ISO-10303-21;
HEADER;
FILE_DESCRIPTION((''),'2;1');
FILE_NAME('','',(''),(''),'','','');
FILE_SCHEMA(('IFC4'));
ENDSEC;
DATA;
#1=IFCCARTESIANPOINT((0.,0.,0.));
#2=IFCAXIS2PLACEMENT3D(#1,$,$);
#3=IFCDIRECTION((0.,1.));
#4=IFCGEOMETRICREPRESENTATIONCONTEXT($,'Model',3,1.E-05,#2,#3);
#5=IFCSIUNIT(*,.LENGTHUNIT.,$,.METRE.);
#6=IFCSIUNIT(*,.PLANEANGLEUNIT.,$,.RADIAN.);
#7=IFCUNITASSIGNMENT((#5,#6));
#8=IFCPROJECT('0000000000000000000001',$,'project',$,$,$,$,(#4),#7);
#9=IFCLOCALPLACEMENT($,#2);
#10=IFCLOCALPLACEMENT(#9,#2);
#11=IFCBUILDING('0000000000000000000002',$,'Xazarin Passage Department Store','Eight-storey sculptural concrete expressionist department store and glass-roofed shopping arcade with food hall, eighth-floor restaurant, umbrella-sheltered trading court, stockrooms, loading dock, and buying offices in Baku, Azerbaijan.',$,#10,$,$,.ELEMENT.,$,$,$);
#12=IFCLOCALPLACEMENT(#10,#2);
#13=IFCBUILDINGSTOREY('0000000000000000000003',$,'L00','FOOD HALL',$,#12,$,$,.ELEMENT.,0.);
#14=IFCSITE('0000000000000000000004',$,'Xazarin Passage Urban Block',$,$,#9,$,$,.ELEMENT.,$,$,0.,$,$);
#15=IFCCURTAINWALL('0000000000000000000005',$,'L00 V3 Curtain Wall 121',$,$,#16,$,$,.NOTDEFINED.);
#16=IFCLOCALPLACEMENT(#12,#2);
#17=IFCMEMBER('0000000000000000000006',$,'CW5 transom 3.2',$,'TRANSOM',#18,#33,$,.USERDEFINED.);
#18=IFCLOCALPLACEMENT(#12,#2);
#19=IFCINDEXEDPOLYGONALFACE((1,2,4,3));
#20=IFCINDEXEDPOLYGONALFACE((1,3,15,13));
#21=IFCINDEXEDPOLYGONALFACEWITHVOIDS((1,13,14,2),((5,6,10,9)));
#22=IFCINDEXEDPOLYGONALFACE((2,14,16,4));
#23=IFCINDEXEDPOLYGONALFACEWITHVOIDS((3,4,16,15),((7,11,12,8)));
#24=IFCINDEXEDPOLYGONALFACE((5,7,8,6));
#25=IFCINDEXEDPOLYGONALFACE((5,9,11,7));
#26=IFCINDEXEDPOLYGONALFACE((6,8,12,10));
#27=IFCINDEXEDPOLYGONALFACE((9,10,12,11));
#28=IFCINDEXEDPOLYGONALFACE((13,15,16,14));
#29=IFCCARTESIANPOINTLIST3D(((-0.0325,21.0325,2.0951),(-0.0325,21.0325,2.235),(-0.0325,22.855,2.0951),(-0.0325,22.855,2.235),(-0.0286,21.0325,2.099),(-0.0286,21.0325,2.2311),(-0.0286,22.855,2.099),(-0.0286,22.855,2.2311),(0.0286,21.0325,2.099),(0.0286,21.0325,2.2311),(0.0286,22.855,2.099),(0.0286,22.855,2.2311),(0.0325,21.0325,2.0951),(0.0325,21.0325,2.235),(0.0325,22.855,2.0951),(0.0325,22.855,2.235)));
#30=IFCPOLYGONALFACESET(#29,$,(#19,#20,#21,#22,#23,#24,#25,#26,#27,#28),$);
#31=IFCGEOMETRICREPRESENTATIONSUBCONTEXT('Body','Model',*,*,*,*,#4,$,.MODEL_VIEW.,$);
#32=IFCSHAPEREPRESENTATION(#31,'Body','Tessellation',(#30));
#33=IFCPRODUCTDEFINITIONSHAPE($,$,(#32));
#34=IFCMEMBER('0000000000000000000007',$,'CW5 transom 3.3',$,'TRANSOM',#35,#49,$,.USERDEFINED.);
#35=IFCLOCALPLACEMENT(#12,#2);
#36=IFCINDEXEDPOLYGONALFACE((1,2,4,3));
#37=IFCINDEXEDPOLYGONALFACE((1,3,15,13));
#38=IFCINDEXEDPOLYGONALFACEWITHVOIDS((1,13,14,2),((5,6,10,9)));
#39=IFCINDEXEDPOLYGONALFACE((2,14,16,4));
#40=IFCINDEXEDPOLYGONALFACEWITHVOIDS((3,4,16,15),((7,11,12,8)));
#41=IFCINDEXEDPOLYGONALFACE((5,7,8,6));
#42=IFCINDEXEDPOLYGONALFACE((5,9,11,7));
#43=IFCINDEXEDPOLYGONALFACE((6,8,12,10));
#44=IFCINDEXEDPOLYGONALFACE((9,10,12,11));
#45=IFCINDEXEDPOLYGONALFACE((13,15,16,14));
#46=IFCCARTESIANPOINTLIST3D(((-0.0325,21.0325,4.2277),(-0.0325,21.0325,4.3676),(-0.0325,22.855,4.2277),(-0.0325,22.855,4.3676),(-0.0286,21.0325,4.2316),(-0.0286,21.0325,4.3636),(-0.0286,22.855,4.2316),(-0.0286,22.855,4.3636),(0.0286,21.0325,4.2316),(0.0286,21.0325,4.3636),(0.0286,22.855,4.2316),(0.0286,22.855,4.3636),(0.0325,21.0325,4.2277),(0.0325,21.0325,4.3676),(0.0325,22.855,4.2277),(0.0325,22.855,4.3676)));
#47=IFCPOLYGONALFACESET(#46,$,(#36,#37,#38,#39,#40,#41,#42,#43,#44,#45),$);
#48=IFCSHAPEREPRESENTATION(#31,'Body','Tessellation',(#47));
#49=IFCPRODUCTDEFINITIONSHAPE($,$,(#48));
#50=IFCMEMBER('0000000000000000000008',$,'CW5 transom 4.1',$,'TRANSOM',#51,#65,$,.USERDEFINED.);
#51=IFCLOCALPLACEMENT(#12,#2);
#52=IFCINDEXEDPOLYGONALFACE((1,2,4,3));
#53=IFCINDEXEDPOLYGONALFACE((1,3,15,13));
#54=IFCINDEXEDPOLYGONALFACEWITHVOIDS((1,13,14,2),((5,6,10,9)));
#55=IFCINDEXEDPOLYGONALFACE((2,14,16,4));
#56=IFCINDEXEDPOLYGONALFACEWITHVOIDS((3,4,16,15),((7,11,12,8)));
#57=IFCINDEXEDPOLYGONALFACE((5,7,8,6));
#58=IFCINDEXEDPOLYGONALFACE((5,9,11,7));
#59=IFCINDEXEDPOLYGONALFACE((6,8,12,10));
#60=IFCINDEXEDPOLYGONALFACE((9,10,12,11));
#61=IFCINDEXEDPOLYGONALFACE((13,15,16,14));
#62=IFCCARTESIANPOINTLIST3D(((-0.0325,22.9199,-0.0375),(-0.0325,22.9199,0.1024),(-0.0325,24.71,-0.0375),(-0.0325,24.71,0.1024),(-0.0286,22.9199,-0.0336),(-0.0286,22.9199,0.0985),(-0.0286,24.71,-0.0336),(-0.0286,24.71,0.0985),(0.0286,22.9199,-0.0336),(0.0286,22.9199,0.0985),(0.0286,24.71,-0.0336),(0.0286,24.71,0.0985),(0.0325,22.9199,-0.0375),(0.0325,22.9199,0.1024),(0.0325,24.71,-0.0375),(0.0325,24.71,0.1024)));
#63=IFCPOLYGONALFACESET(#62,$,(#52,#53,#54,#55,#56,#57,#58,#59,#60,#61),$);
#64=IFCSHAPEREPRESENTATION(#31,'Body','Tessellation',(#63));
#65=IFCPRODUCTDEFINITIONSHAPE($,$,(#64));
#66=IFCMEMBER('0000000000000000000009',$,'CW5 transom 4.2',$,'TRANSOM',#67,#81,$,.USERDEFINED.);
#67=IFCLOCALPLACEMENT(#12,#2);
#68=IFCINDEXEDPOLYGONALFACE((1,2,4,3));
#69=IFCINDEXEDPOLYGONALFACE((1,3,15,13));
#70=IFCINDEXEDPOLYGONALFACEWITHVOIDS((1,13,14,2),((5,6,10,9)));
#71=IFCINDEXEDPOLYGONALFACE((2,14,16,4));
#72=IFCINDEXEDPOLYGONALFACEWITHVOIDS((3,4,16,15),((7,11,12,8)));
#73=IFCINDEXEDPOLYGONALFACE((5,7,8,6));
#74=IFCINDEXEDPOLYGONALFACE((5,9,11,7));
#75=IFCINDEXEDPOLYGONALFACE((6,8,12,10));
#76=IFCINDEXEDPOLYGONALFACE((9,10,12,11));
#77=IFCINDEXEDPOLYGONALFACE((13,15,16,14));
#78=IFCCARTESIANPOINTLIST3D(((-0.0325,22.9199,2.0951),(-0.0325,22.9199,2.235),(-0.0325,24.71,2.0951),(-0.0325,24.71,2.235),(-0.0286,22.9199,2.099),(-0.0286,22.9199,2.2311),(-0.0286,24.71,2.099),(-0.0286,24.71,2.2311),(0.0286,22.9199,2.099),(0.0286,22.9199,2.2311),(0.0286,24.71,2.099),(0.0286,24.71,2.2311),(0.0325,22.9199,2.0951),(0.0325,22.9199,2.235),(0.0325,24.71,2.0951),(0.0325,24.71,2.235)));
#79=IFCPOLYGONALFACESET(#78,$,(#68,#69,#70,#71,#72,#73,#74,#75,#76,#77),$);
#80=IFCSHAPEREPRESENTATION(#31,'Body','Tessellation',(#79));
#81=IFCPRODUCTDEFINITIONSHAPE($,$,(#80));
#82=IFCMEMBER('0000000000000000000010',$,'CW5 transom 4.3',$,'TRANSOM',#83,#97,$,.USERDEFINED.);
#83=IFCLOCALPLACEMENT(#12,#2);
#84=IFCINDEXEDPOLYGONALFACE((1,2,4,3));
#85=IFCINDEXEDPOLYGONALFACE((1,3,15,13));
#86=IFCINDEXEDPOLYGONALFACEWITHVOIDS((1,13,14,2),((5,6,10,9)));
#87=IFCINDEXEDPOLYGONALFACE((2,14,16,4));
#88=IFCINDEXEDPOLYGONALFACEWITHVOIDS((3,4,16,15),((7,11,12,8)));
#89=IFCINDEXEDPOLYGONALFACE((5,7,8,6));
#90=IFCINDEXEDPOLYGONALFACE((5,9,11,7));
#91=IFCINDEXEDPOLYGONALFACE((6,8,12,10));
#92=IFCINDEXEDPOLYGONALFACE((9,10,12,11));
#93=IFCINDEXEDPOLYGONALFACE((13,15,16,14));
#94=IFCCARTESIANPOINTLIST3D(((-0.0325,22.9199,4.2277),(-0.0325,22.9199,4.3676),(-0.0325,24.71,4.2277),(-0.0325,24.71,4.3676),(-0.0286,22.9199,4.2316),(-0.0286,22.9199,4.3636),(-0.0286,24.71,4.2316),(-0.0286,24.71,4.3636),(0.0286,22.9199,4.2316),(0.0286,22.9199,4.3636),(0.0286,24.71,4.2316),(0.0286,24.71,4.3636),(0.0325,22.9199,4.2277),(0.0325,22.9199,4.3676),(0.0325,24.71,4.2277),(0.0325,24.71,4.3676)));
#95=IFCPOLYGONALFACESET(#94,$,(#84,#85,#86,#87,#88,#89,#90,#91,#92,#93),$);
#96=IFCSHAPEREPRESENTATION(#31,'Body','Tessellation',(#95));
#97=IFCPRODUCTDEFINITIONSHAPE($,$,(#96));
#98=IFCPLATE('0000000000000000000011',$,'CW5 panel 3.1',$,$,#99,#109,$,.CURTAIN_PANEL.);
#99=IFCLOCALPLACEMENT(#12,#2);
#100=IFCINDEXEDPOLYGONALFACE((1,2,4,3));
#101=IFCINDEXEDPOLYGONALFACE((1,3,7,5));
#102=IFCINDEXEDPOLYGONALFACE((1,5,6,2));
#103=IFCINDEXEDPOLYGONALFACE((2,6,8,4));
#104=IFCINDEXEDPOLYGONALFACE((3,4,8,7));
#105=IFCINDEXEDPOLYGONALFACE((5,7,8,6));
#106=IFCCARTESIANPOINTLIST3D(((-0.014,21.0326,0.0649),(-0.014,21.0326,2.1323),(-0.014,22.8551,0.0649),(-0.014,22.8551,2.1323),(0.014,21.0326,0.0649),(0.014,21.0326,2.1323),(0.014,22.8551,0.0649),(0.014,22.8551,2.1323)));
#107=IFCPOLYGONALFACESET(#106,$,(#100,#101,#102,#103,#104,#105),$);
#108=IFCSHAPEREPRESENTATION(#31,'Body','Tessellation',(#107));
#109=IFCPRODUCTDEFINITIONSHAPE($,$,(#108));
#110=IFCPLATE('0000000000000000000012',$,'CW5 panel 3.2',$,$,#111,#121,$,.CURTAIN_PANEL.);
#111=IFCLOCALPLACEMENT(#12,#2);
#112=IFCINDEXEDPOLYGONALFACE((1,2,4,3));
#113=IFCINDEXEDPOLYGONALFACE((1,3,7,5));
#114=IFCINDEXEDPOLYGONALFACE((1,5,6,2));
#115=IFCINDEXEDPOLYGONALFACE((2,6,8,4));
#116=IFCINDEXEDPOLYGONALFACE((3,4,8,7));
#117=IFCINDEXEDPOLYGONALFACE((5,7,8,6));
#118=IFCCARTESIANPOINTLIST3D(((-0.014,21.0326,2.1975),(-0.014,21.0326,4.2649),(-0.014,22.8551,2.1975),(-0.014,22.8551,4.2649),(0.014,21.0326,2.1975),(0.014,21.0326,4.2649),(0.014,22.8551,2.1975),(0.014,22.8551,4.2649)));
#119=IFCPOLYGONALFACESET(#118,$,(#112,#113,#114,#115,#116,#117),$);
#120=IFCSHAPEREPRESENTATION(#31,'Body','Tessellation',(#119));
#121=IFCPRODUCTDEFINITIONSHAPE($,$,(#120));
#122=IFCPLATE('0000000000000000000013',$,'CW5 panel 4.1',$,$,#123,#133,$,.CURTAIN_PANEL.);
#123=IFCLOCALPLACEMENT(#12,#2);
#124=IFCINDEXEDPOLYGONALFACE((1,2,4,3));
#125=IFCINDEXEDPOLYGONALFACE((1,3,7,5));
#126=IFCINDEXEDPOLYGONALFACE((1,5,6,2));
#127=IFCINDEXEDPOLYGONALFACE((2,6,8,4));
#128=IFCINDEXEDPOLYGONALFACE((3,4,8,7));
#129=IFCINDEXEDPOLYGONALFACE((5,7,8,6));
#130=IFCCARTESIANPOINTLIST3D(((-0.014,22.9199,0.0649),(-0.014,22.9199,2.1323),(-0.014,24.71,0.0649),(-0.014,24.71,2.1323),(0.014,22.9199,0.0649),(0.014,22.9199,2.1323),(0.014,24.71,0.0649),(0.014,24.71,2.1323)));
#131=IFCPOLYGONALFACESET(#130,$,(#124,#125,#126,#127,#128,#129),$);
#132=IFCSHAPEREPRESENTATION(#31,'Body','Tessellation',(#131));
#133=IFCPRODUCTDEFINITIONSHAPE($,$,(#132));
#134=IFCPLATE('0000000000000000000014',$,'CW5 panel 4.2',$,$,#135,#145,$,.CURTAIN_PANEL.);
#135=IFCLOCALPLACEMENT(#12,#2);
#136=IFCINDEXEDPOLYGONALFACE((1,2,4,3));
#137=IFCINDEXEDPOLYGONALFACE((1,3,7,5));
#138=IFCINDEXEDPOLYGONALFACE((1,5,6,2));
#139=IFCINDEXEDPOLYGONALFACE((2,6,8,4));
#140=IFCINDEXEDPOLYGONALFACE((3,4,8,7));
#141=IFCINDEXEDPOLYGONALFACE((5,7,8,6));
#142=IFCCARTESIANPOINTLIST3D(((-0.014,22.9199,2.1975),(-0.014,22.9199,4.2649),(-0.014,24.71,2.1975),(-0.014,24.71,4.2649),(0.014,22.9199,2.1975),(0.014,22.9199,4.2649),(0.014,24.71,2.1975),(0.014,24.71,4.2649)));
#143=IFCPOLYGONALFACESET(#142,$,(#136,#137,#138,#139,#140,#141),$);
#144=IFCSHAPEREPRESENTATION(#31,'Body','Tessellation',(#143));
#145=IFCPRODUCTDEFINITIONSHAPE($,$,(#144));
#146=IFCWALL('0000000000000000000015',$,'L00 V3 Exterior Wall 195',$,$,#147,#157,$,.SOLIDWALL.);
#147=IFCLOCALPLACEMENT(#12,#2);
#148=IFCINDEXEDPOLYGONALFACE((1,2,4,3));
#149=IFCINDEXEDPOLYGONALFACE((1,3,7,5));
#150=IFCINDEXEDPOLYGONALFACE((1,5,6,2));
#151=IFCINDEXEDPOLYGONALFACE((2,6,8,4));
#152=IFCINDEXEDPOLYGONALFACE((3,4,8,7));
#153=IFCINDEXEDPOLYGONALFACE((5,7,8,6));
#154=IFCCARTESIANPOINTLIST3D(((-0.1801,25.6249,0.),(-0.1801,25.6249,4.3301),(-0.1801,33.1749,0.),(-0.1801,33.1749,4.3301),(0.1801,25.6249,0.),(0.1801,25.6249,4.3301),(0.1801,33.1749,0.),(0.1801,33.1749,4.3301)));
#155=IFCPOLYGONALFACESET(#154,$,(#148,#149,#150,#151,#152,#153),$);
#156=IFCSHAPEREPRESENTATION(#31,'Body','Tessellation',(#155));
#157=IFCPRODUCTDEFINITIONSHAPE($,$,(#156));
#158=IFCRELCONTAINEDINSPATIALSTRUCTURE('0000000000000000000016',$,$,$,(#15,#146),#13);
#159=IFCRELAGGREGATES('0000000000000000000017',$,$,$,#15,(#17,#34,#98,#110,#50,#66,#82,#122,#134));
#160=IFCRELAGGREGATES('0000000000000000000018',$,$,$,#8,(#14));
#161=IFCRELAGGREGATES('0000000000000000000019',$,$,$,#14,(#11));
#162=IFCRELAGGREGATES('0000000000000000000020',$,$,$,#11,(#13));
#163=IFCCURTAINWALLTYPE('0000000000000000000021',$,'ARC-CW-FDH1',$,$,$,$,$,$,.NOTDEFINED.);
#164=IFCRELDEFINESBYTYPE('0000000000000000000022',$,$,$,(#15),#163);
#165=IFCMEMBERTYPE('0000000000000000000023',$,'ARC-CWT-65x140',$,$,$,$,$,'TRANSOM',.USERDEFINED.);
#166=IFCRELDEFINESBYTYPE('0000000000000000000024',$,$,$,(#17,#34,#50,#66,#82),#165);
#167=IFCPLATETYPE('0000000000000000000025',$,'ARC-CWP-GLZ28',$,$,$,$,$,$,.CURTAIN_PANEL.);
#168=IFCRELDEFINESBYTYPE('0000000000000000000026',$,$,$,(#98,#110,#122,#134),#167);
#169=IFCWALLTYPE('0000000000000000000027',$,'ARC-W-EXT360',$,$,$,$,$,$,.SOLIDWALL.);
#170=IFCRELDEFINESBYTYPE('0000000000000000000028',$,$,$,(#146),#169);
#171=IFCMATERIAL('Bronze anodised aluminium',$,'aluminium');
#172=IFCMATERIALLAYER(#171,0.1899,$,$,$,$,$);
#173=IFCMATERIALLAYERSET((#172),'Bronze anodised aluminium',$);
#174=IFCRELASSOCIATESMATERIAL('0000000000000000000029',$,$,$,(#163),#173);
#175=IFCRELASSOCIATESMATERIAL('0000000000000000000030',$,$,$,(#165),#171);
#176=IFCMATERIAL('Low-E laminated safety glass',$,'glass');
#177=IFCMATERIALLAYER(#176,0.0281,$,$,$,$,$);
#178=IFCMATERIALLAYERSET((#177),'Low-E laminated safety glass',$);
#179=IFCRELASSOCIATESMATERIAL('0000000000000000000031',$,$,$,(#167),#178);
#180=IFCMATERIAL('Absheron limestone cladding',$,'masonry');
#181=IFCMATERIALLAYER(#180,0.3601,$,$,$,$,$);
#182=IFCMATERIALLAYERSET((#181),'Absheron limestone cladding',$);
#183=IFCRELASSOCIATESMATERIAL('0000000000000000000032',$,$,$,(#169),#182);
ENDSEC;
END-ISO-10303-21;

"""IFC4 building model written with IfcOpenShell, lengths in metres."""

from ifc_helpers import new_model, si_unit, direction, frame, frame_2d, origin, origin_2d, place, context, subcontext, project, spatial, rectangle, hollow_rectangle, extrude, material, layer, layer_set, material_profile, profile_set, type_object, element, aggregate, save


model = new_model("IFC4")

# Units and contexts
model_context = context("Model", 3, precision=1e-05, world=origin(), true_north=direction((0.0, 1.0)))
body_context = subcontext(model_context, "Body", "Model", "MODEL_VIEW")
ifc_project = project(units=[si_unit("LENGTHUNIT", "METRE"), si_unit("PLANEANGLEUNIT", "RADIAN")], contexts=[model_context])

# Site, building, storey
site_placement = place(None, origin())
site = spatial("IfcSite", under=ifc_project, at=site_placement, Name="Xazarin Passage Urban Block", CompositionType="ELEMENT", RefElevation=0.0)
building_placement = place(site_placement, origin())
building = spatial("IfcBuilding", under=site, at=building_placement, Name="Xazarin Passage Department Store", Description="Eight-storey sculptural concrete expressionist department store and glass-roofed shopping arcade with food hall, eighth-floor restaurant, umbrella-sheltered trading court, stockrooms, loading dock, and buying offices in Baku, Azerbaijan.", CompositionType="ELEMENT")
storey_placement = place(building_placement, origin())
storey = spatial("IfcBuildingStorey", under=building, at=storey_placement, Name="L00", Description="FOOD HALL", CompositionType="ELEMENT", Elevation=0.0)

# Curtain wall, members, plates
ifc_material_1 = material(Name="Bronze anodised aluminium", Category="aluminium")
ifc_layer_1 = layer(ifc_material_1, 0.1899)
ifc_layer_set_1 = layer_set([ifc_layer_1], Name="Bronze anodised aluminium")
curtain_wall_type = type_object("IfcCurtainWallType", Name="ARC-CW-FDH1", PredefinedType="NOTDEFINED", material=ifc_layer_set_1)
curtain_wall_placement = place(storey_placement, origin())
curtain_wall = element("IfcCurtainWall", 1, at=curtain_wall_placement, inside=storey, type_object=curtain_wall_type, Name="L00 V3 Curtain Wall 121", PredefinedType="NOTDEFINED")
ifc_material_profile_1 = material_profile(ifc_material_1, hollow_rectangle(XDim=0.0649, YDim=0.1399, WallThickness=0.0039, at=origin_2d()), Name="ALU 65x140")
ifc_profile_set_1 = profile_set([ifc_material_profile_1], Name="Bronze anodised aluminium")
member_type_1 = type_object("IfcMemberType", Name="ARC-CWT-65x140", ElementType="TRANSOM", PredefinedType="USERDEFINED", material=ifc_profile_set_1)
member_1_placement = place(storey_placement, frame((0.0, 21.0325, 2.165), z_axis=(0.0, 1.0, 0.0), x_axis=(-1.0, 0.0, 0.0)))
member_1 = element("IfcMember", 2, at=member_1_placement, type_object=member_type_1, Name="CW5 transom 3.2", ObjectType="TRANSOM", PredefinedType="USERDEFINED", context=body_context, shape_type="SweptSolid", body=[
    extrude(hollow_rectangle(XDim=0.0649, YDim=0.1399, WallThickness=0.0039, at=origin_2d()), origin(), (0.0, 0.0, 1.0), 1.8225),
])
member_2_placement = place(storey_placement, frame((0.0, 21.0325, 4.2976), z_axis=(0.0, 1.0, 0.0), x_axis=(-1.0, 0.0, 0.0)))
member_2 = element("IfcMember", 3, at=member_2_placement, type_object=member_type_1, Name="CW5 transom 3.3", ObjectType="TRANSOM", PredefinedType="USERDEFINED", context=body_context, shape_type="SweptSolid", body=[
    extrude(hollow_rectangle(XDim=0.0649, YDim=0.1399, WallThickness=0.0039, at=origin_2d()), origin(), (0.0, 0.0, 1.0), 1.8225),
])
member_3_placement = place(storey_placement, frame((0.0, 22.9199, 0.0325), z_axis=(0.0, 1.0, 0.0), x_axis=(-1.0, 0.0, 0.0)))
member_3 = element("IfcMember", 4, at=member_3_placement, type_object=member_type_1, Name="CW5 transom 4.1", ObjectType="TRANSOM", PredefinedType="USERDEFINED", context=body_context, shape_type="SweptSolid", body=[
    extrude(hollow_rectangle(XDim=0.0649, YDim=0.1399, WallThickness=0.0039, at=origin_2d()), origin(), (0.0, 0.0, 1.0), 1.79),
])
member_4_placement = place(storey_placement, frame((0.0, 22.9199, 2.165), z_axis=(0.0, 1.0, 0.0), x_axis=(-1.0, 0.0, 0.0)))
member_4 = element("IfcMember", 5, at=member_4_placement, type_object=member_type_1, Name="CW5 transom 4.2", ObjectType="TRANSOM", PredefinedType="USERDEFINED", context=body_context, shape_type="SweptSolid", body=[
    extrude(hollow_rectangle(XDim=0.0649, YDim=0.1399, WallThickness=0.0039, at=origin_2d()), origin(), (0.0, 0.0, 1.0), 1.79),
])
member_5_placement = place(storey_placement, frame((0.0, 22.9199, 4.2976), z_axis=(0.0, 1.0, 0.0), x_axis=(-1.0, 0.0, 0.0)))
member_5 = element("IfcMember", 6, at=member_5_placement, type_object=member_type_1, Name="CW5 transom 4.3", ObjectType="TRANSOM", PredefinedType="USERDEFINED", context=body_context, shape_type="SweptSolid", body=[
    extrude(hollow_rectangle(XDim=0.0649, YDim=0.1399, WallThickness=0.0039, at=origin_2d()), origin(), (0.0, 0.0, 1.0), 1.79),
])
ifc_material_2 = material(Name="Low-E laminated safety glass", Category="glass")
ifc_layer_2 = layer(ifc_material_2, 0.0281)
ifc_layer_set_2 = layer_set([ifc_layer_2], Name="Low-E laminated safety glass")
plate_type = type_object("IfcPlateType", Name="ARC-CWP-GLZ28", PredefinedType="CURTAIN_PANEL", material=ifc_layer_set_2)
plate_1_placement = place(storey_placement, frame((0.0, 21.9438, 0.0649), z_axis=(0.0, 0.0, 1.0), x_axis=(0.0, 1.0, 0.0)))
plate_1 = element("IfcPlate", 7, at=plate_1_placement, type_object=plate_type, Name="CW5 panel 3.1", PredefinedType="CURTAIN_PANEL", context=body_context, shape_type="SweptSolid", body=[
    extrude(rectangle(XDim=1.8225, YDim=0.0281, at=origin_2d()), origin(), (0.0, 0.0, 1.0), 2.0674),
])
plate_2_placement = place(storey_placement, frame((0.0, 21.9438, 2.1975), z_axis=(0.0, 0.0, 1.0), x_axis=(0.0, 1.0, 0.0)))
plate_2 = element("IfcPlate", 8, at=plate_2_placement, type_object=plate_type, Name="CW5 panel 3.2", PredefinedType="CURTAIN_PANEL", context=body_context, shape_type="SweptSolid", body=[
    extrude(rectangle(XDim=1.8225, YDim=0.0281, at=origin_2d()), origin(), (0.0, 0.0, 1.0), 2.0674),
])
plate_3_placement = place(storey_placement, frame((0.0, 23.8149, 0.0649), z_axis=(0.0, 0.0, 1.0), x_axis=(0.0, 1.0, 0.0)))
plate_3 = element("IfcPlate", 9, at=plate_3_placement, type_object=plate_type, Name="CW5 panel 4.1", PredefinedType="CURTAIN_PANEL", context=body_context, shape_type="SweptSolid", body=[
    extrude(rectangle(XDim=1.79, YDim=0.0281, at=origin_2d()), origin(), (0.0, 0.0, 1.0), 2.0674),
])
plate_4_placement = place(storey_placement, frame((0.0, 23.8149, 2.1975), z_axis=(0.0, 0.0, 1.0), x_axis=(0.0, 1.0, 0.0)))
plate_4 = element("IfcPlate", 10, at=plate_4_placement, type_object=plate_type, Name="CW5 panel 4.2", PredefinedType="CURTAIN_PANEL", context=body_context, shape_type="SweptSolid", body=[
    extrude(rectangle(XDim=1.79, YDim=0.0281, at=origin_2d()), origin(), (0.0, 0.0, 1.0), 2.0674),
])
aggregate(curtain_wall, [member_1, member_2, plate_1, plate_2, member_3, member_4, member_5, plate_3, plate_4])

# Wall
ifc_material_3 = material(Name="Absheron limestone cladding", Category="masonry")
ifc_layer_3 = layer(ifc_material_3, 0.3601)
ifc_layer_set_3 = layer_set([ifc_layer_3], Name="Absheron limestone cladding")
wall_type = type_object("IfcWallType", Name="ARC-W-EXT360", PredefinedType="SOLIDWALL", material=ifc_layer_set_3)
wall_placement = place(storey_placement, frame((0.0, 25.625, 0.0), z_axis=(0.0, 0.0, 1.0), x_axis=(0.0, 1.0, 0.0)))
element("IfcWall", 11, at=wall_placement, inside=storey, type_object=wall_type, Name="L00 V3 Exterior Wall 195", PredefinedType="SOLIDWALL", context=body_context, shape_type="SweptSolid", body=[
    extrude(rectangle(XDim=7.55, YDim=0.3601, at=frame_2d((3.7749, 0.0))), origin(), (0.0, 0.0, 1.0), 4.3301),
])

save(model, "model.ifc")
